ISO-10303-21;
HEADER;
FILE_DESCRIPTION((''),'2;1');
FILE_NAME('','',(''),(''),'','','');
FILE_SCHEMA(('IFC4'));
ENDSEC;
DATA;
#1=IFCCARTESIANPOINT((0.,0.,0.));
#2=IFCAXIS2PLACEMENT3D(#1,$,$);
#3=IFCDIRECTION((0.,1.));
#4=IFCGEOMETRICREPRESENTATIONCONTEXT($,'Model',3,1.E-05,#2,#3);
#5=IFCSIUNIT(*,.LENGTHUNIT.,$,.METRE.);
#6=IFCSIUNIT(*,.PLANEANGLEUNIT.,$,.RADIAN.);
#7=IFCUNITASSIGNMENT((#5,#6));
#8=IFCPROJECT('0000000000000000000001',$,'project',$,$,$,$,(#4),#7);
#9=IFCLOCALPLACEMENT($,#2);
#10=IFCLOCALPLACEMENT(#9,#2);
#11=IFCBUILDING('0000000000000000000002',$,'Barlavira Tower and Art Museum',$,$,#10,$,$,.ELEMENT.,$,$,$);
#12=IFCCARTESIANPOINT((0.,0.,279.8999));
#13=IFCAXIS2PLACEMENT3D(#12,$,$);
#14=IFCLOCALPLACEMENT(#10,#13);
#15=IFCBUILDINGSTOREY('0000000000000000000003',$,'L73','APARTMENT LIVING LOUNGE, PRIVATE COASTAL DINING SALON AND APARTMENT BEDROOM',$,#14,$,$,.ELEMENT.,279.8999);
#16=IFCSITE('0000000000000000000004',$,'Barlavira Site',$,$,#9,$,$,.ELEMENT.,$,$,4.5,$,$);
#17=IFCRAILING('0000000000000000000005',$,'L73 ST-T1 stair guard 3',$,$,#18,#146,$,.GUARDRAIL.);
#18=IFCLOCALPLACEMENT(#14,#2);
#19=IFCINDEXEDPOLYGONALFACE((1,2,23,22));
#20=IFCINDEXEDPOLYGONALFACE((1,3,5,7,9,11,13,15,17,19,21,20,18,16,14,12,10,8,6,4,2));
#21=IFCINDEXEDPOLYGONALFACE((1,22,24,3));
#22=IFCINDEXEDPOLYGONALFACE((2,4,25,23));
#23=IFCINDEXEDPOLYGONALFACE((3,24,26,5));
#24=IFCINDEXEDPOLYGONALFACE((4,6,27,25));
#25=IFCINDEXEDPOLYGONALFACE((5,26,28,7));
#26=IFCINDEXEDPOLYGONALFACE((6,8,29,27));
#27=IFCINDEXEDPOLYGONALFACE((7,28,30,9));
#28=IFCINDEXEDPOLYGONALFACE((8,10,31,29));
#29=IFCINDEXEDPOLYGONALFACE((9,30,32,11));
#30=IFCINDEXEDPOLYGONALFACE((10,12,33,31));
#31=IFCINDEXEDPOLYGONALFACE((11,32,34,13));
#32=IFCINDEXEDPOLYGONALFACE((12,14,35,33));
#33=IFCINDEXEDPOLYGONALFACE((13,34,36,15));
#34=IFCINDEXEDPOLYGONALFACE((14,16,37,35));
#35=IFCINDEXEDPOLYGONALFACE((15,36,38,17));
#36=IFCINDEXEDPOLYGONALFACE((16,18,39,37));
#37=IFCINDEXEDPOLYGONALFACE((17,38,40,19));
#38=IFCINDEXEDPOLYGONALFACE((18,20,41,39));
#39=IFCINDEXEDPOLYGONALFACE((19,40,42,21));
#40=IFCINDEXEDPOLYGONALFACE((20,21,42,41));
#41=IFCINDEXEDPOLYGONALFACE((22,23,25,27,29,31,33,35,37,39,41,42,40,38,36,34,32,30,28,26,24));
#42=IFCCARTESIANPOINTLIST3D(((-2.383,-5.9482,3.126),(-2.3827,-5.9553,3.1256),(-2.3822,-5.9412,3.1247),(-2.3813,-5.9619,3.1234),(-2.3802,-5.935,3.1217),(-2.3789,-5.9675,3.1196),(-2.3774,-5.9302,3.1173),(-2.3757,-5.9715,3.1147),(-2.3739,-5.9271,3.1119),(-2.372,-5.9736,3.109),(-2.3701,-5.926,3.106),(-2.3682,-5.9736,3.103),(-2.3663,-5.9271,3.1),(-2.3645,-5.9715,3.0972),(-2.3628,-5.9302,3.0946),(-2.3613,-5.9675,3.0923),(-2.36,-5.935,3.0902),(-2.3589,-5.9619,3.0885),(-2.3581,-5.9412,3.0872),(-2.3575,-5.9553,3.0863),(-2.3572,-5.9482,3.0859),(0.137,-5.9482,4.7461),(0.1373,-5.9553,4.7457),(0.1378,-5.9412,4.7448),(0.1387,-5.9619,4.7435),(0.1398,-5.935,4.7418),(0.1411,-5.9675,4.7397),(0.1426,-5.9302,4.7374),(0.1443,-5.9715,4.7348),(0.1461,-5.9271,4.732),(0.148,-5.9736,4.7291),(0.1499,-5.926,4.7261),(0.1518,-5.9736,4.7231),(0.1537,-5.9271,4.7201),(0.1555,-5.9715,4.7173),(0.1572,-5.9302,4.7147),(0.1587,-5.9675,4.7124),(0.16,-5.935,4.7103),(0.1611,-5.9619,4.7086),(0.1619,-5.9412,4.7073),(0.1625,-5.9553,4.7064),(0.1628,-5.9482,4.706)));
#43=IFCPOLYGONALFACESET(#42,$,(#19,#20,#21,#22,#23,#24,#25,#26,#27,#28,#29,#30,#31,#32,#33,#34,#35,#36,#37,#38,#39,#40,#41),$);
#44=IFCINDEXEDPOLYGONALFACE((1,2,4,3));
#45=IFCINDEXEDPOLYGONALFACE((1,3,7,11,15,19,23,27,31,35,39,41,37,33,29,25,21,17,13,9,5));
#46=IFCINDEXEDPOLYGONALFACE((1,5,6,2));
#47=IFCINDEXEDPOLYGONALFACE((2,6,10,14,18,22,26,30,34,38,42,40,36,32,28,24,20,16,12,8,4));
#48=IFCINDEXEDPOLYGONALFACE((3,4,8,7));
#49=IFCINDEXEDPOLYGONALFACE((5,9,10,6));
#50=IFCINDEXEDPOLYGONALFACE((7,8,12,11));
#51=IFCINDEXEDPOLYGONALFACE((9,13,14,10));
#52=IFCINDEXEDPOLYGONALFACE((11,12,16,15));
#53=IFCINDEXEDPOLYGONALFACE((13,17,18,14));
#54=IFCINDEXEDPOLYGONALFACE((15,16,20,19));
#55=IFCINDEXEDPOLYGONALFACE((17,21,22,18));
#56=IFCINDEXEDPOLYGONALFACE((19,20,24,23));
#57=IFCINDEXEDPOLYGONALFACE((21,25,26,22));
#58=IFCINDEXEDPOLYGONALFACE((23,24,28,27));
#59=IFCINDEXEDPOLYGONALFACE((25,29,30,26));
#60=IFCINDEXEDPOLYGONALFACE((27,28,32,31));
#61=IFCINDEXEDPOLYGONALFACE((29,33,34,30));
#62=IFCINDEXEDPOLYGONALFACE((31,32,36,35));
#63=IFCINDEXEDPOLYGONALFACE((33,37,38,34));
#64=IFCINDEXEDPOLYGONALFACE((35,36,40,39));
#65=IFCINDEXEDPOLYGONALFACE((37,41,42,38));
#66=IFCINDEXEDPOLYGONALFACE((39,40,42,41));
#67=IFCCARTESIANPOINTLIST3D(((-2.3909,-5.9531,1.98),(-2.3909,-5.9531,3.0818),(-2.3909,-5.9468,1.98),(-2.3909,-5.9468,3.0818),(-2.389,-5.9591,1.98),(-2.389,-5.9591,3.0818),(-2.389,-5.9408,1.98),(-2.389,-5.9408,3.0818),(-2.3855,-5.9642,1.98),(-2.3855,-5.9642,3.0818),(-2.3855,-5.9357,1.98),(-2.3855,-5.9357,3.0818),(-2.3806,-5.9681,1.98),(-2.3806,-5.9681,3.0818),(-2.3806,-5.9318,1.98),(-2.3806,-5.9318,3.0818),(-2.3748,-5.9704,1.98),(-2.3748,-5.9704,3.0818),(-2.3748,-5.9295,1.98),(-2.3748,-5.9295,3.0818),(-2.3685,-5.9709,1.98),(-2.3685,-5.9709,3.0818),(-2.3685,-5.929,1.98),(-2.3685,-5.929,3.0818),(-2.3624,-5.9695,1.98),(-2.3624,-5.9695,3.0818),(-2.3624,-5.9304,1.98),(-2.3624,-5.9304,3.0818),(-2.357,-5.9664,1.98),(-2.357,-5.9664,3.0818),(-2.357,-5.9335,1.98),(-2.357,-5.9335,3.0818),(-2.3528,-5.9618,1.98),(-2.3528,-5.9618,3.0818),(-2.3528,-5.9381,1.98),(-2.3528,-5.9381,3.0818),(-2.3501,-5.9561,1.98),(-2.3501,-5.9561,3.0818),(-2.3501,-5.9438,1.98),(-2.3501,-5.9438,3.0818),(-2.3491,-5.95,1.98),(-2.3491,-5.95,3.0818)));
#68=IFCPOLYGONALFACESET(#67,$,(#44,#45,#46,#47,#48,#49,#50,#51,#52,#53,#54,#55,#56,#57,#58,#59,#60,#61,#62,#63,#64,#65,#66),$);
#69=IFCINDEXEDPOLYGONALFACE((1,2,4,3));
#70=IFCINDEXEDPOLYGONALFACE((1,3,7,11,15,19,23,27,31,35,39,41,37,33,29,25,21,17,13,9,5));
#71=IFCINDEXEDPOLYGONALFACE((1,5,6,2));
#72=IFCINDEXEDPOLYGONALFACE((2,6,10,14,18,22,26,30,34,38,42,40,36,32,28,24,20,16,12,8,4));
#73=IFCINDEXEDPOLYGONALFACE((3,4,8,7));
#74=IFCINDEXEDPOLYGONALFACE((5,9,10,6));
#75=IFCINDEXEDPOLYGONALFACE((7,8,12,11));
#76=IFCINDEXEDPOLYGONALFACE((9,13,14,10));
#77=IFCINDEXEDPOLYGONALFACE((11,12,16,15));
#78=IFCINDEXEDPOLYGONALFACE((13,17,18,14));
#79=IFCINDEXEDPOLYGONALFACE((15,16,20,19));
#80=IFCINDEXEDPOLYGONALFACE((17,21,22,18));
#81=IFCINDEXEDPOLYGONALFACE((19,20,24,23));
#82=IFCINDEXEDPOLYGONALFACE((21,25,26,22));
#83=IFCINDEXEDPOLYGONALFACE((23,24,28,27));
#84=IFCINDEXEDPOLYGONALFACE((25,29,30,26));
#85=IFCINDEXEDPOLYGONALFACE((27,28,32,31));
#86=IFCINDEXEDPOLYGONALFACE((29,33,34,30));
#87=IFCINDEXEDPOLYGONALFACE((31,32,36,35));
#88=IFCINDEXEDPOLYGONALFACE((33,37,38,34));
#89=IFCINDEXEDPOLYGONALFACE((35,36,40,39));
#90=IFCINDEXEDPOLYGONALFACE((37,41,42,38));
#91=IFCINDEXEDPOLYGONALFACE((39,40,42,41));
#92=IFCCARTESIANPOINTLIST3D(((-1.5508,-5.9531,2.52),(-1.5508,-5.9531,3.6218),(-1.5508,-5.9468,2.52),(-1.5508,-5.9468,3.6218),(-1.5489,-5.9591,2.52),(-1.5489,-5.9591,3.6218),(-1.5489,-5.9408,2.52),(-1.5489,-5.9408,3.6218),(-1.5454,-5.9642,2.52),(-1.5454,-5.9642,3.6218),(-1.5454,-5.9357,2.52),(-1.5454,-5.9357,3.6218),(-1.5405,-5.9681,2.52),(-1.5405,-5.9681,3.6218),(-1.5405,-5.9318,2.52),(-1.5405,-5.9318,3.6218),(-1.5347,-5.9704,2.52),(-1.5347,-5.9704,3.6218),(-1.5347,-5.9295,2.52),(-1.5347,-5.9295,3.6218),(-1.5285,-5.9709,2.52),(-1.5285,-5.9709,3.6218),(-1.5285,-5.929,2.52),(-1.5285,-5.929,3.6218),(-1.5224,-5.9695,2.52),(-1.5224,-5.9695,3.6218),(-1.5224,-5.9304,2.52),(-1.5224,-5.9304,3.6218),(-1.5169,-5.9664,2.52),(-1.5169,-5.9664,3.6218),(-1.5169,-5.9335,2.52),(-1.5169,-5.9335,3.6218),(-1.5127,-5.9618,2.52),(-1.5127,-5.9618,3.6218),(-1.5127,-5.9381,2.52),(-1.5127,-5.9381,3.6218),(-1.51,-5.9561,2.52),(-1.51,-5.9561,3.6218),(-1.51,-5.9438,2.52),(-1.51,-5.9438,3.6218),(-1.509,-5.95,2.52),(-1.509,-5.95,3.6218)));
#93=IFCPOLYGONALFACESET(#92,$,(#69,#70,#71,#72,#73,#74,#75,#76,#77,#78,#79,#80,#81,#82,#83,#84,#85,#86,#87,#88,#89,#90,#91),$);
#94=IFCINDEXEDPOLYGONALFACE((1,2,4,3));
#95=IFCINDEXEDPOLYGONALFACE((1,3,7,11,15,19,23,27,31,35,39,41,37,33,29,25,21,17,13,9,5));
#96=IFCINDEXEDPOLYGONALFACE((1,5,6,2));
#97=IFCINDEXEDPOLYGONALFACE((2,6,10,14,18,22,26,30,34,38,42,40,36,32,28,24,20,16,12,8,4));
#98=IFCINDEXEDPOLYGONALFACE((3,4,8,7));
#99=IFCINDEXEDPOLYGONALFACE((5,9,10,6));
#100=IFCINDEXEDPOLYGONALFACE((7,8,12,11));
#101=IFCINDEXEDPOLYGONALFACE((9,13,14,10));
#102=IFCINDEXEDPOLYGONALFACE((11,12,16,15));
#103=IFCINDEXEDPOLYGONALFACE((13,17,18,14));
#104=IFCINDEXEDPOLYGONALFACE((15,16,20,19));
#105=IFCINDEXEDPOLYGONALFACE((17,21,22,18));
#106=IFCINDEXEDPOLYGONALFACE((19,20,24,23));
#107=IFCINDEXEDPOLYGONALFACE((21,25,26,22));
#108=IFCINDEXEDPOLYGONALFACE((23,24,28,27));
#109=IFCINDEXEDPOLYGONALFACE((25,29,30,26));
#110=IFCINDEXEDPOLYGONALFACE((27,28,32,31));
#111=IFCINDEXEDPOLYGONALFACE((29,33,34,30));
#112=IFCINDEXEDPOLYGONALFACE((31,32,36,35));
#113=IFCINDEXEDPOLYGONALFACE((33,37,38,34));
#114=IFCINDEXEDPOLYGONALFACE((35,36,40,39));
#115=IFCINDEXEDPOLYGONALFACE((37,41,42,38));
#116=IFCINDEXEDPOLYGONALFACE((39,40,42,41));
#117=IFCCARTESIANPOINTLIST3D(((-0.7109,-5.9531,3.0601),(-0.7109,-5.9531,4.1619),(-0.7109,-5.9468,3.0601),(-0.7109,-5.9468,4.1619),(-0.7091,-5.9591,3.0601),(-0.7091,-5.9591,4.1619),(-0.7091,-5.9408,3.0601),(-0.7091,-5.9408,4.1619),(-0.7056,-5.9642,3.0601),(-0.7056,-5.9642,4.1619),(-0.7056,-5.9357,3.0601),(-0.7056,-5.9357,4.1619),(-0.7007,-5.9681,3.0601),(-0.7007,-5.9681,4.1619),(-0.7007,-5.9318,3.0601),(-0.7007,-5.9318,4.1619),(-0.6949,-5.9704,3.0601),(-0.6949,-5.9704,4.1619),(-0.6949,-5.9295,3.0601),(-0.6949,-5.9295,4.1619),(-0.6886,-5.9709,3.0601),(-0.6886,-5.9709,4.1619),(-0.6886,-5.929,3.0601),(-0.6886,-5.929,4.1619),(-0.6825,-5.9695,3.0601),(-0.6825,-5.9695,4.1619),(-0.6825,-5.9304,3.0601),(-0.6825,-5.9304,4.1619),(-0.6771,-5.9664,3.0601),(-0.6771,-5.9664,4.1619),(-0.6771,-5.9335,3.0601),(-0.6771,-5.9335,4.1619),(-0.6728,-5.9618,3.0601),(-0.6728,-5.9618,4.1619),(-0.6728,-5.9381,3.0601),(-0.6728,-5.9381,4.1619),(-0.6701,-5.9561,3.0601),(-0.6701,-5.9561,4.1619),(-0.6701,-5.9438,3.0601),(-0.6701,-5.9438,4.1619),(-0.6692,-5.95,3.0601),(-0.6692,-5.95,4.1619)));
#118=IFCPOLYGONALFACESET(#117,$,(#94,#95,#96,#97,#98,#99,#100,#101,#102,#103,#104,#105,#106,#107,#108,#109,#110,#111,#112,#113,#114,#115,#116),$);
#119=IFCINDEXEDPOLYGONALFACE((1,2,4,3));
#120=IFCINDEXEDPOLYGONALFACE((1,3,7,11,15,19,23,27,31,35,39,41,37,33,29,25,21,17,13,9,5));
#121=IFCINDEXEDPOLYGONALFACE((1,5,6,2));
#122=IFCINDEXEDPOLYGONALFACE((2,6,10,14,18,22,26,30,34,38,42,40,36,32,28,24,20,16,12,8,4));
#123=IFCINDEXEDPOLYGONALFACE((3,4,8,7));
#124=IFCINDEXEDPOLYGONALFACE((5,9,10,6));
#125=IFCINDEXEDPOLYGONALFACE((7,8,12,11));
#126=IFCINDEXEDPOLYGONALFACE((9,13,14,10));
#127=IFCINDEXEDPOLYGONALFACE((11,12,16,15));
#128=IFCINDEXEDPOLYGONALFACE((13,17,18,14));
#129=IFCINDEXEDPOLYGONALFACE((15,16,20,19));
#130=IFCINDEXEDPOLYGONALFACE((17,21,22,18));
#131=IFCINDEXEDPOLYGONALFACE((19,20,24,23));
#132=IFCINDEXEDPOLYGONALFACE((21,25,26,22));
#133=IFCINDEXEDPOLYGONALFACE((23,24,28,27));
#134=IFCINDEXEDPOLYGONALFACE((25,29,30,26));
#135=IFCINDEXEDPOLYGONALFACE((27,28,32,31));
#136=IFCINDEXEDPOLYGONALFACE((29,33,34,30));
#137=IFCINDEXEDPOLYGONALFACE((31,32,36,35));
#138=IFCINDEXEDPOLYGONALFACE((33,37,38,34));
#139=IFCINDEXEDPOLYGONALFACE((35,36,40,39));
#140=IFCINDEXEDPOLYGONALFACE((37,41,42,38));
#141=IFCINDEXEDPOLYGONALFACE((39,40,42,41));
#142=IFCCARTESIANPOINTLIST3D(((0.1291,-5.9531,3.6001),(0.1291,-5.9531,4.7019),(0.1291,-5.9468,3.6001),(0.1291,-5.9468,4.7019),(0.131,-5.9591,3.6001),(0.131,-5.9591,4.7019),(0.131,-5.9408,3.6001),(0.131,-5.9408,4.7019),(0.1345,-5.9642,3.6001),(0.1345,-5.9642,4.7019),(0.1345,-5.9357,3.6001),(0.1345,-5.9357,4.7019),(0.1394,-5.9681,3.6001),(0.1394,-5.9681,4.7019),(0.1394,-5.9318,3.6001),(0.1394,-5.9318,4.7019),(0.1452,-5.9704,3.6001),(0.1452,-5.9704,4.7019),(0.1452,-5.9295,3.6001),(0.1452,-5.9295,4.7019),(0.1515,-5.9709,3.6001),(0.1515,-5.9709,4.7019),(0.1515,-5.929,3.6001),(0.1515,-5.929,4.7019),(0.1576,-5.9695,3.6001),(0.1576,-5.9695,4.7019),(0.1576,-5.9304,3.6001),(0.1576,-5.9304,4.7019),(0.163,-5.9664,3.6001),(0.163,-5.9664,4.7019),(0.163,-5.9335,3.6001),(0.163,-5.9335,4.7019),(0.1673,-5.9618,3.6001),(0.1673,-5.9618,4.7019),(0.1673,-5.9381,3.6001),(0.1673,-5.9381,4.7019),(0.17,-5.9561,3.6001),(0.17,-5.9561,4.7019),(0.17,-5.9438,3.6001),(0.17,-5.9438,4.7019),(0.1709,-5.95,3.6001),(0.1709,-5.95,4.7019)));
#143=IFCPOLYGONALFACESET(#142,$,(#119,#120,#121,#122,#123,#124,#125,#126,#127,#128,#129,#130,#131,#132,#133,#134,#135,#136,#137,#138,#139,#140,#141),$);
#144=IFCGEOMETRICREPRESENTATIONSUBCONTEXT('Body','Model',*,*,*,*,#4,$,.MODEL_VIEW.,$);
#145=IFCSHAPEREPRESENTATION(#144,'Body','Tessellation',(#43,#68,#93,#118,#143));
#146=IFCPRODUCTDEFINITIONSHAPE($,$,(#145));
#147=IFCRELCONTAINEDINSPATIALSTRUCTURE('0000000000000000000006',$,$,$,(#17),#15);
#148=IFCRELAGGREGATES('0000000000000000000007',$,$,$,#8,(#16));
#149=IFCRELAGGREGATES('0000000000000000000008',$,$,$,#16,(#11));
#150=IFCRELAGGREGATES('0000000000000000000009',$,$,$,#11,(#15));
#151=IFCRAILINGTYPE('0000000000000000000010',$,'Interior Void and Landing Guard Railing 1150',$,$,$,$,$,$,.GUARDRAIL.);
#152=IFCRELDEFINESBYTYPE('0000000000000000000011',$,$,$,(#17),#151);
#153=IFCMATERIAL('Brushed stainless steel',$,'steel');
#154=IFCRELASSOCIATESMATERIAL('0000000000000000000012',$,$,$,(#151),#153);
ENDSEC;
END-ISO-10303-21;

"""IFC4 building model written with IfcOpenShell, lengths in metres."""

from ifc_helpers import new_model, si_unit, direction, frame, origin, origin_2d, place, context, subcontext, project, spatial, circle, extrude, material, type_object, element, save


model = new_model("IFC4")

# Units and contexts
model_context = context("Model", 3, precision=1e-05, world=origin(), true_north=direction((0.0, 1.0)))
body_context = subcontext(model_context, "Body", "Model", "MODEL_VIEW")
ifc_project = project(units=[si_unit("LENGTHUNIT", "METRE"), si_unit("PLANEANGLEUNIT", "RADIAN")], contexts=[model_context])

# Site, building, storey
site_placement = place(None, origin())
site = spatial("IfcSite", under=ifc_project, at=site_placement, Name="Barlavira Site", CompositionType="ELEMENT", RefElevation=4.5)
building_placement = place(site_placement, origin())
building = spatial("IfcBuilding", under=site, at=building_placement, Name="Barlavira Tower and Art Museum", CompositionType="ELEMENT")
storey_placement = place(building_placement, frame((0.0, 0.0, 279.8999)))
storey = spatial("IfcBuildingStorey", under=building, at=storey_placement, Name="L73", Description="APARTMENT LIVING LOUNGE, PRIVATE COASTAL DINING SALON AND APARTMENT BEDROOM", CompositionType="ELEMENT", Elevation=279.8999)

# Shared definitions
ifc_material_1 = material(Name="Brushed stainless steel", Category="steel")

# Railing
railing_type_1 = type_object("IfcRailingType", Name="Interior Void and Landing Guard Railing 1150", PredefinedType="GUARDRAIL", material=ifc_material_1)
railing_1_placement = place(storey_placement, frame((-2.3701, -5.95, 1.98)))
element("IfcRailing", 1, at=railing_1_placement, inside=storey, type_object=railing_type_1, Name="L73 ST-T1 stair guard 3", PredefinedType="GUARDRAIL", context=body_context, shape_type="SweptSolid", body=[
    extrude(circle(Radius=0.0239, at=origin_2d()), frame((0.0, 0.0, 1.126), z_axis=(0.841163, 0.0, 0.540782), x_axis=(0.0, 1.0, 0.0)), (0.0, 0.0, 1.0), 2.9958),
    extrude(circle(Radius=0.021, at=origin_2d()), origin(), (0.0, 0.0, 1.0), 1.1018),
    extrude(circle(Radius=0.021, at=origin_2d()), frame((0.8401, 0.0, 0.54)), (0.0, 0.0, 1.0), 1.1018),
    extrude(circle(Radius=0.021, at=origin_2d()), frame((1.6799, 0.0, 1.0801)), (0.0, 0.0, 1.0), 1.1018),
    extrude(circle(Radius=0.021, at=origin_2d()), frame((2.52, 0.0, 1.6201)), (0.0, 0.0, 1.0), 1.1018),
])

save(model, "model.ifc")
